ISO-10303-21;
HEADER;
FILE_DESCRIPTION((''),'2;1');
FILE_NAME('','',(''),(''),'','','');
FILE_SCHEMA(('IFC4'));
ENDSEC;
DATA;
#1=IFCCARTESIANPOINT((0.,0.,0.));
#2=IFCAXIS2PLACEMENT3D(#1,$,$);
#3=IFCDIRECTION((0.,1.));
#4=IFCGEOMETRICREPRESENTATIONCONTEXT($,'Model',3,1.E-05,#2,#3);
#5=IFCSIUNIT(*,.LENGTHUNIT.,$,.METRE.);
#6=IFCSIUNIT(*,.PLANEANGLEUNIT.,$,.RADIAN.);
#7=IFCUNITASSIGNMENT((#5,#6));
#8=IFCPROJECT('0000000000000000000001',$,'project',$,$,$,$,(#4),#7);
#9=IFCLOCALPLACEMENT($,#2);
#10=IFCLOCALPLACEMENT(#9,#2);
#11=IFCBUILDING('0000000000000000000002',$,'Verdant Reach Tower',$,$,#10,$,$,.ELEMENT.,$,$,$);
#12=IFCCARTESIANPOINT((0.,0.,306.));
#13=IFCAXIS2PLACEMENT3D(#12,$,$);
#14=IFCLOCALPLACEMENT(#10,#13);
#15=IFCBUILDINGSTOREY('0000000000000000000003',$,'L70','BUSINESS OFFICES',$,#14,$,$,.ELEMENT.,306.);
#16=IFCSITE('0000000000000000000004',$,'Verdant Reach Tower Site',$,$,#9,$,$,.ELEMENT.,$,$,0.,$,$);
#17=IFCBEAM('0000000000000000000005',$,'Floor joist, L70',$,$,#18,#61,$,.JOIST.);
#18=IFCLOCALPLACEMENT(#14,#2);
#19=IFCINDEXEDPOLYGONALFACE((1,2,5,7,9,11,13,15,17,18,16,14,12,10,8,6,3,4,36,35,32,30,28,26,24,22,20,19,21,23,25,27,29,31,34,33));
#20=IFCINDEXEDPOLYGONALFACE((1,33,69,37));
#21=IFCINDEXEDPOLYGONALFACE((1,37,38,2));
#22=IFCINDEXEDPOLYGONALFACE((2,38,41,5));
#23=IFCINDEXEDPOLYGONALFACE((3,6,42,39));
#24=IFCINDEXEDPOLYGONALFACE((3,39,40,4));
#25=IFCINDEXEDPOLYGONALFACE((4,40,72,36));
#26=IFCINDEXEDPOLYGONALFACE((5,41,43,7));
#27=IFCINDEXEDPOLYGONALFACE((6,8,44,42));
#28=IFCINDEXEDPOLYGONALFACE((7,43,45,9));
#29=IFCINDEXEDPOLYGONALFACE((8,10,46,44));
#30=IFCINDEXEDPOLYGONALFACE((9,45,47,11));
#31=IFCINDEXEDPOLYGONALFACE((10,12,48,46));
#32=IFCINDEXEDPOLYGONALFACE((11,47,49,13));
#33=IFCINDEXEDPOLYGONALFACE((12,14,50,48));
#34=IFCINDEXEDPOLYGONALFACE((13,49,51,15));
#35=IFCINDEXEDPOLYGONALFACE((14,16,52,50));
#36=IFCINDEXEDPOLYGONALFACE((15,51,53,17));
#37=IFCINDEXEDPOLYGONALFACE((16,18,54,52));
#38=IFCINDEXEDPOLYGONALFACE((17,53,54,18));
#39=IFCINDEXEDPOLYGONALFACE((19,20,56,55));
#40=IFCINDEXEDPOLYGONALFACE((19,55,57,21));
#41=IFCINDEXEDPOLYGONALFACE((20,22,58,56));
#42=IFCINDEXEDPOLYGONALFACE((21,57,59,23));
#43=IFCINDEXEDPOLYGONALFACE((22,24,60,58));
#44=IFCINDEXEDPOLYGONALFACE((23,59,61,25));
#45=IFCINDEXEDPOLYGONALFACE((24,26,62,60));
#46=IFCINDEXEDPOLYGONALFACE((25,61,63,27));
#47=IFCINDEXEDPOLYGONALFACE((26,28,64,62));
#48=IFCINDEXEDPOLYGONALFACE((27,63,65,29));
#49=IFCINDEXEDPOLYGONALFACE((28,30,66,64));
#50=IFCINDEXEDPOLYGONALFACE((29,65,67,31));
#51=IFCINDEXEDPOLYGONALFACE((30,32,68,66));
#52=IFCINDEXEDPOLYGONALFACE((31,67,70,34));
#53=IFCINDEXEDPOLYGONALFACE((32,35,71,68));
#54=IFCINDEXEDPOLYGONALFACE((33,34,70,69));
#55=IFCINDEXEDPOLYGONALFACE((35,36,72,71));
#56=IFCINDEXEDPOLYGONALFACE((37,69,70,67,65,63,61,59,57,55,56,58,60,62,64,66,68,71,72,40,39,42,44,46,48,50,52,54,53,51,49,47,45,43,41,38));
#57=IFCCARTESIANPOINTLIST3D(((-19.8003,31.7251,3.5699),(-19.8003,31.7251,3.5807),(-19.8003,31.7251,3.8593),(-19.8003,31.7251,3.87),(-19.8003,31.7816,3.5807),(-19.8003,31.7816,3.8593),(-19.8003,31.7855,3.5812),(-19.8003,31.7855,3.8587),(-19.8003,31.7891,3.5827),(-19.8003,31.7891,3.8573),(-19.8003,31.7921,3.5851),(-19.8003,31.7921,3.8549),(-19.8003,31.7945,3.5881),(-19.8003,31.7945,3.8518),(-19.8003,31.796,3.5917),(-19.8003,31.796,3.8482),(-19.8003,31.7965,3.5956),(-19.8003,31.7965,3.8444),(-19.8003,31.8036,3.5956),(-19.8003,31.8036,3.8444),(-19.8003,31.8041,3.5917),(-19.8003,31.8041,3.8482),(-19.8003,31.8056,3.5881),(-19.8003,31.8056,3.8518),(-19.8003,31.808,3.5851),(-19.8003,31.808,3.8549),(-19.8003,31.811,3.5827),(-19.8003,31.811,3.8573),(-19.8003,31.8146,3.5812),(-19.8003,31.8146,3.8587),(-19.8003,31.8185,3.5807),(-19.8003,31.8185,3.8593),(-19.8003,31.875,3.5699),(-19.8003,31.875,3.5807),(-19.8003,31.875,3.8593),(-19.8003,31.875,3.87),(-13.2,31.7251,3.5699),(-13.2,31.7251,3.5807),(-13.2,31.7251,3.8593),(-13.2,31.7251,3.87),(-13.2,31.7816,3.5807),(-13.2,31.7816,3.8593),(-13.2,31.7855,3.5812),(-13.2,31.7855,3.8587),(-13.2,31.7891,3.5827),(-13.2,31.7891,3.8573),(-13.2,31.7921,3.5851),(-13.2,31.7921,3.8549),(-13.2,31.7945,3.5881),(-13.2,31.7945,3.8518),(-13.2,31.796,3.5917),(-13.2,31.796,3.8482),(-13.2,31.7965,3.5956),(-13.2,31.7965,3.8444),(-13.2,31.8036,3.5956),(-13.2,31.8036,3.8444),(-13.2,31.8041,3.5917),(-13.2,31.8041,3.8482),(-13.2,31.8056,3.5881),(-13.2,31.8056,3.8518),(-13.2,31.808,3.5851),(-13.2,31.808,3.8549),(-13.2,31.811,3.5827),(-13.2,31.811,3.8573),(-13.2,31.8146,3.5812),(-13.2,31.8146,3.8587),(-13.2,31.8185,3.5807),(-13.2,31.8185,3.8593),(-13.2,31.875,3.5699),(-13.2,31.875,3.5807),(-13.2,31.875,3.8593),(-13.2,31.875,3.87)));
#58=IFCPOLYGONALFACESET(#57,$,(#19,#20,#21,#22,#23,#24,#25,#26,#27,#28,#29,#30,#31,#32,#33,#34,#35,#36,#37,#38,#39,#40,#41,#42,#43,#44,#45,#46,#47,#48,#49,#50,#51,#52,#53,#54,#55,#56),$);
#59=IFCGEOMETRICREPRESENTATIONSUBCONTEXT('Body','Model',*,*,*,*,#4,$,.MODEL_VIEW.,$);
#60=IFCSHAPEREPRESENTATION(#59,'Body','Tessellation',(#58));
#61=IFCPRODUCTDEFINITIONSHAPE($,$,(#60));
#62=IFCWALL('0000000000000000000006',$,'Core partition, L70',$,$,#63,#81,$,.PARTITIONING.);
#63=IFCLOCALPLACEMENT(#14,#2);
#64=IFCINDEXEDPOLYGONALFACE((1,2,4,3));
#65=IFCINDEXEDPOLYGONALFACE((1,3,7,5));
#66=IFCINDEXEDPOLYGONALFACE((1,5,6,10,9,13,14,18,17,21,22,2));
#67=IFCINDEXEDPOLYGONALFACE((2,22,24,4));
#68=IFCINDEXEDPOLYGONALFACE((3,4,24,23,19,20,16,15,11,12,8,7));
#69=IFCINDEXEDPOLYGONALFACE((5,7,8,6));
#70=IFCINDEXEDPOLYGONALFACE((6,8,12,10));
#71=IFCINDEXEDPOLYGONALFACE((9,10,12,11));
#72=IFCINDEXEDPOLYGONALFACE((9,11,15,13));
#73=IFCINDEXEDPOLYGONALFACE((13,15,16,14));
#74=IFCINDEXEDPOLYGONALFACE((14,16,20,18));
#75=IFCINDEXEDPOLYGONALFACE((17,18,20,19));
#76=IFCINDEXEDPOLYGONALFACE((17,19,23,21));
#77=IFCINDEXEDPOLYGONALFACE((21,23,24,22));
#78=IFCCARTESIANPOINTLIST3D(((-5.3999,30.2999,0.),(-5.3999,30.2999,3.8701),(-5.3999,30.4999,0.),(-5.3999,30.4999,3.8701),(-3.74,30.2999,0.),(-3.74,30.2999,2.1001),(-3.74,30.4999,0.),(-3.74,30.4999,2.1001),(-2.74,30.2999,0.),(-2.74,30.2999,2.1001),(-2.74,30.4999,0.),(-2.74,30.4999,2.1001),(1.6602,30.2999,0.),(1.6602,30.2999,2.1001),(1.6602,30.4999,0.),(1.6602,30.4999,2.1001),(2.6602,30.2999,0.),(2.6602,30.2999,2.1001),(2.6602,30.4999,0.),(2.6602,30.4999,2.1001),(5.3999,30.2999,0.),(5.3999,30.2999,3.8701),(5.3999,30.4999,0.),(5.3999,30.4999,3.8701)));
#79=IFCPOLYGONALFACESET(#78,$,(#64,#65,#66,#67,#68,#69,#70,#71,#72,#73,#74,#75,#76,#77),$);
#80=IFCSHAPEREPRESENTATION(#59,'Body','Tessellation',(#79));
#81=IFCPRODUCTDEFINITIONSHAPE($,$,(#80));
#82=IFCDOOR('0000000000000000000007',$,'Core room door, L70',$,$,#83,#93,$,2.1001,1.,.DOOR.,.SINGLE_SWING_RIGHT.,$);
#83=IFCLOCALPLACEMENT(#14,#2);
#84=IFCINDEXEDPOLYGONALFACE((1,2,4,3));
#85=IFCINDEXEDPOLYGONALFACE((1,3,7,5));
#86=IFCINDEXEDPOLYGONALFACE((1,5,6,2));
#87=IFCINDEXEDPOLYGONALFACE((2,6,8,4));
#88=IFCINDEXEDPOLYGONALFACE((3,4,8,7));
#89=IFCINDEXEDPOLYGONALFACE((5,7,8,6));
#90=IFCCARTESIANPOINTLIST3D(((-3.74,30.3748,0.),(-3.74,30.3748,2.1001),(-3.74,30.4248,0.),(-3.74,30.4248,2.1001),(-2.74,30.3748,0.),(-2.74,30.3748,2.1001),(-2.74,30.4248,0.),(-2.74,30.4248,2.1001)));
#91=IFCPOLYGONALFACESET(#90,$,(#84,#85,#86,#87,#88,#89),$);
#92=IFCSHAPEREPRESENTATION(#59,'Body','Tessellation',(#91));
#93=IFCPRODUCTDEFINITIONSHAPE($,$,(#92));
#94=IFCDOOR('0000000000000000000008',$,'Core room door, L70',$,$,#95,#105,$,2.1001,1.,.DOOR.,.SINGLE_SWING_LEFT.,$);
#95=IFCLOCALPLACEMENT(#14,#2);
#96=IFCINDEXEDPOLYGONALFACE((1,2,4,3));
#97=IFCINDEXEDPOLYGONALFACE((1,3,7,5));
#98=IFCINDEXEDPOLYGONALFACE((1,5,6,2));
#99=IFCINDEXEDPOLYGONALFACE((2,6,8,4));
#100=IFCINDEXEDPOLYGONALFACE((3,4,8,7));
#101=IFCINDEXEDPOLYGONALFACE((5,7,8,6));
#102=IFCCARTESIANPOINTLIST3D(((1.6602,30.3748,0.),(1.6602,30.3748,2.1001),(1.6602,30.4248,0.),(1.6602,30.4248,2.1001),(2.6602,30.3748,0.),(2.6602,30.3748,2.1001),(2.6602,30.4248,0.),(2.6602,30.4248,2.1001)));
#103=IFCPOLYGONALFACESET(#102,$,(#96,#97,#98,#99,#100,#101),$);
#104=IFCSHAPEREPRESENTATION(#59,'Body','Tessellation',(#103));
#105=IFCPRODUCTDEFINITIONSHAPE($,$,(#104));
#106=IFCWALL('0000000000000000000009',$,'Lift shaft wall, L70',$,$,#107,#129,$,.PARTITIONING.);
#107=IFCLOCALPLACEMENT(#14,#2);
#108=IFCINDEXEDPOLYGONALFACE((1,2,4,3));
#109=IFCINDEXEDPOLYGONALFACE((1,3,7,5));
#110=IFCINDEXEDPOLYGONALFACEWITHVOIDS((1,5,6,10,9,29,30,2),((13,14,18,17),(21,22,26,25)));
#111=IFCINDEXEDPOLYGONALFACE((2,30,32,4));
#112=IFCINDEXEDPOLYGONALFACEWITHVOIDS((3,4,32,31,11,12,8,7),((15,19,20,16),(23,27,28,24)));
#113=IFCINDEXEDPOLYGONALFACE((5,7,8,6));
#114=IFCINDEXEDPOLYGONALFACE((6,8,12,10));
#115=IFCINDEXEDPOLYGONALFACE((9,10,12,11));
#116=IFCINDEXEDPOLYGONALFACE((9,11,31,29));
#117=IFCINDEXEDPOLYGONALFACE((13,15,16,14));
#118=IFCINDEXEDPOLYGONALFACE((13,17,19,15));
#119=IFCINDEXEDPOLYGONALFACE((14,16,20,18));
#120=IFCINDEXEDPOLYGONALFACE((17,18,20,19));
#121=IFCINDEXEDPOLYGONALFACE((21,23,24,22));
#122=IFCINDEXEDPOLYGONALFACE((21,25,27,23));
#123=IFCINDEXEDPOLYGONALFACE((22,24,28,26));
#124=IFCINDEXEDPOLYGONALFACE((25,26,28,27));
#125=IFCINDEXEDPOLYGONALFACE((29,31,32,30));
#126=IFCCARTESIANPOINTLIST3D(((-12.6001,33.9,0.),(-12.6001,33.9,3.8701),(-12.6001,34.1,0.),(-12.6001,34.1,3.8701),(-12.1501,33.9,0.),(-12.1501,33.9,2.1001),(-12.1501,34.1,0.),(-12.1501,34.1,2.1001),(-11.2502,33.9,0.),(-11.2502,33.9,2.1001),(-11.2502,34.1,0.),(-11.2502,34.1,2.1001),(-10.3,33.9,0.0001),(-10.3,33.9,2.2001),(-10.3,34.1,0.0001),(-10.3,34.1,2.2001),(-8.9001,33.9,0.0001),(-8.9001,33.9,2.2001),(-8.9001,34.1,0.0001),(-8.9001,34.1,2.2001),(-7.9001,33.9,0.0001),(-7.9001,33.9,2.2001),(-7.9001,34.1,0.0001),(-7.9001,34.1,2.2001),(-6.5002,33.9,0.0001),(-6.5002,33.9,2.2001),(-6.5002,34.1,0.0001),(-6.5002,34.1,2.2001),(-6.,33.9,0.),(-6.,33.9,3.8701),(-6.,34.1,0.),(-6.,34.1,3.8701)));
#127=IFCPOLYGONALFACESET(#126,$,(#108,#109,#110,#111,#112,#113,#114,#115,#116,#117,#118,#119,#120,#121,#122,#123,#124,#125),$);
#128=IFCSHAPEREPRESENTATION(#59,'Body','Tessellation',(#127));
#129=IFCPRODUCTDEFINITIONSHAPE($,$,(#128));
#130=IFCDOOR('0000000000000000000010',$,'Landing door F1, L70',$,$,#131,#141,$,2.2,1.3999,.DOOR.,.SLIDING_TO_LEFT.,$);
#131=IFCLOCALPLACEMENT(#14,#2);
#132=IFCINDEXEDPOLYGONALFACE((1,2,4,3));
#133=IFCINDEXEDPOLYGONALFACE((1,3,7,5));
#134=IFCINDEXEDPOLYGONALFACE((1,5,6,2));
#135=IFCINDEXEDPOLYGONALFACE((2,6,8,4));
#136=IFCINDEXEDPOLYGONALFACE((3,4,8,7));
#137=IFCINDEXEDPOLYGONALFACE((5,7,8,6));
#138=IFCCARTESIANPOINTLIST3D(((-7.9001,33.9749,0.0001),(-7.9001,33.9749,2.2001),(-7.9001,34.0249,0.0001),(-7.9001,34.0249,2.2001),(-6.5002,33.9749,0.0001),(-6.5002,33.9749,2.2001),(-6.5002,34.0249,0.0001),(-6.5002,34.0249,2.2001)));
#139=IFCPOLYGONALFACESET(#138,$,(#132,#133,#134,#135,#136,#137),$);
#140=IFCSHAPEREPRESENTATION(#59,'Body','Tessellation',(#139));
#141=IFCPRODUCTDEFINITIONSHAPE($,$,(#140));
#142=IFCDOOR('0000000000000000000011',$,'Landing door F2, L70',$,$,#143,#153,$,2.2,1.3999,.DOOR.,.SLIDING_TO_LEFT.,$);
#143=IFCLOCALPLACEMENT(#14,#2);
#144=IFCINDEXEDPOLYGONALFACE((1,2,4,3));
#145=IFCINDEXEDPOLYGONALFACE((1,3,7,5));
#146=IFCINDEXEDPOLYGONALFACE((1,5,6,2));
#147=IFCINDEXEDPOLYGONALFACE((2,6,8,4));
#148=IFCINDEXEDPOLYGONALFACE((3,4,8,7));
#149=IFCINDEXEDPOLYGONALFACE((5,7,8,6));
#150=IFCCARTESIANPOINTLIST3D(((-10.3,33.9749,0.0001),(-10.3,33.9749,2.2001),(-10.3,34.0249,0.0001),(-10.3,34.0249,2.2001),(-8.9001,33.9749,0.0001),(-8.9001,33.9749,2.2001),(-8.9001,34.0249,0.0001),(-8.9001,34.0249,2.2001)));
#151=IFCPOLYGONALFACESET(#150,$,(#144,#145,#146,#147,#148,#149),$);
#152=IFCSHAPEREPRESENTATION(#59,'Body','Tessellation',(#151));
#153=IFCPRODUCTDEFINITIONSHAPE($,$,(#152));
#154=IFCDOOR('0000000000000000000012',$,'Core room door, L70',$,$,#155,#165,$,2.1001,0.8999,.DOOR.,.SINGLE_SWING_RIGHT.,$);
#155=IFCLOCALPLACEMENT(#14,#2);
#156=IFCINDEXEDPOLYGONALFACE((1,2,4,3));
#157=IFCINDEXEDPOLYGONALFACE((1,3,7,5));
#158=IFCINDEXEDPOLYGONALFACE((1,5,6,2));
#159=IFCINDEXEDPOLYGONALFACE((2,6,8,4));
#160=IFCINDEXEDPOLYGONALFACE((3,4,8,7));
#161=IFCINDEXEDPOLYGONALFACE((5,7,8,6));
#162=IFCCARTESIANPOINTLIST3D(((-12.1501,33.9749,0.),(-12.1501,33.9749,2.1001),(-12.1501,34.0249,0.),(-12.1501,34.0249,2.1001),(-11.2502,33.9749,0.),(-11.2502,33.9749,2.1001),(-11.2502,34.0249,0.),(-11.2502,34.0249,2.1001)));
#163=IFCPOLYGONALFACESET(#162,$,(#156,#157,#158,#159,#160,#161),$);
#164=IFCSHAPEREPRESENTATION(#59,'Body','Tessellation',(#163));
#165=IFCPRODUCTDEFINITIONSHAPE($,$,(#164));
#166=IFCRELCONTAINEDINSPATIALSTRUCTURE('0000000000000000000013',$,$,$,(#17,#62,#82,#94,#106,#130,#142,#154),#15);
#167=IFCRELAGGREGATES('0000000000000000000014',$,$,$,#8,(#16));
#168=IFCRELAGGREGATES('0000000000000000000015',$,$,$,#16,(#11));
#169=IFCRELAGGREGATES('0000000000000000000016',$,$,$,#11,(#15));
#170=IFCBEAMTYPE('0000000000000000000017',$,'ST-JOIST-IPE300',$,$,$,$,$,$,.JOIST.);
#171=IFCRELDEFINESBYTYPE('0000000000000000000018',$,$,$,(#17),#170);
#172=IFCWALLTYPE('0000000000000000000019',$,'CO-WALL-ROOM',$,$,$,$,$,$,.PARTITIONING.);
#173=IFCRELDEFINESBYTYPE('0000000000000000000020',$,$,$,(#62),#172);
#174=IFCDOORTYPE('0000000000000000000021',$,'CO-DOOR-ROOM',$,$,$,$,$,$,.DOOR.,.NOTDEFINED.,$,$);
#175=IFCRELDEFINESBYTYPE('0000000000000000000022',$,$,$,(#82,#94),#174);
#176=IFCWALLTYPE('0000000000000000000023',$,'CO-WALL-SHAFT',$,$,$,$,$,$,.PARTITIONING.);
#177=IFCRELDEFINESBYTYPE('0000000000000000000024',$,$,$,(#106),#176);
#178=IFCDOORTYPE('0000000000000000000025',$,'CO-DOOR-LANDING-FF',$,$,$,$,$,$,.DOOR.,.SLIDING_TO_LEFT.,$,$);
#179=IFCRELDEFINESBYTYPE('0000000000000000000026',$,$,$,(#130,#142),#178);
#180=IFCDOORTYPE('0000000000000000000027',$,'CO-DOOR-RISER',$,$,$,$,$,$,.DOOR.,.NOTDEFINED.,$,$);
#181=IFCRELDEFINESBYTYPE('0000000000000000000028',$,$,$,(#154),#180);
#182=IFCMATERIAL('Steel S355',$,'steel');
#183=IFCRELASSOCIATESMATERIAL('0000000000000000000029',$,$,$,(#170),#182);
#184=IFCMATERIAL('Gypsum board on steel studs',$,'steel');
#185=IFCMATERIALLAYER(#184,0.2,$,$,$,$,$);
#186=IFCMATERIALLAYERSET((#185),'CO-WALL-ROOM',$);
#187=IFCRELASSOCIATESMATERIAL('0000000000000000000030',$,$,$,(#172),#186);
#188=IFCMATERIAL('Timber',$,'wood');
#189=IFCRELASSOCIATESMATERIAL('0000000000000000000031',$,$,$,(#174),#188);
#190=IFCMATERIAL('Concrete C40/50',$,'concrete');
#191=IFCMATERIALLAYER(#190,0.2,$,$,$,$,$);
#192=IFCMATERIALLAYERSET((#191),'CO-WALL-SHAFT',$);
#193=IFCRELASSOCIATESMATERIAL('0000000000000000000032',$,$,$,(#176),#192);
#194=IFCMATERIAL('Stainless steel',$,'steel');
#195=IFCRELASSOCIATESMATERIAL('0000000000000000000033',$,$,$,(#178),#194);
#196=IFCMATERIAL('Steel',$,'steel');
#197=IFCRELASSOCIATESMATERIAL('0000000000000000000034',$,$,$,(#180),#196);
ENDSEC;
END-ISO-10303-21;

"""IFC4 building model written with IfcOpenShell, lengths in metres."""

from ifc_helpers import new_model, si_unit, direction, frame, frame_2d, origin, origin_2d, place, context, subcontext, project, spatial, rectangle, i_section, extrude, material, layer, layer_set, material_profile, profile_set, type_object, element, fill, save


model = new_model("IFC4")

# Units and contexts
model_context = context("Model", 3, precision=1e-05, world=origin(), true_north=direction((0.0, 1.0)))
body_context = subcontext(model_context, "Body", "Model", "MODEL_VIEW")
ifc_project = project(units=[si_unit("LENGTHUNIT", "METRE"), si_unit("PLANEANGLEUNIT", "RADIAN")], contexts=[model_context])

# Site, building, storey
site_placement = place(None, origin())
site = spatial("IfcSite", under=ifc_project, at=site_placement, Name="Verdant Reach Tower Site", CompositionType="ELEMENT", RefElevation=0.0)
building_placement = place(site_placement, origin())
building = spatial("IfcBuilding", under=site, at=building_placement, Name="Verdant Reach Tower", CompositionType="ELEMENT")
storey_placement = place(building_placement, frame((0.0, 0.0, 306.0)))
storey = spatial("IfcBuildingStorey", under=building, at=storey_placement, Name="L70", Description="BUSINESS OFFICES", CompositionType="ELEMENT", Elevation=306.0)

# Beam
ifc_material_1 = material(Name="Steel S355", Category="steel")
ifc_material_profile = material_profile(ifc_material_1, i_section(OverallWidth=0.1499, OverallDepth=0.3, WebThickness=0.0071, FlangeThickness=0.0107, FilletRadius=0.0149, at=origin_2d()), Name="IPE 300")
ifc_profile_set = profile_set([ifc_material_profile], Name="Steel S355")
beam_type = type_object("IfcBeamType", Name="ST-JOIST-IPE300", PredefinedType="JOIST", material=ifc_profile_set)
beam_placement = place(storey_placement, frame((-13.2, 31.8, 3.72), z_axis=(-1.0, 0.0, 0.0), x_axis=(0.0, -1.0, 0.0)))
element("IfcBeam", 1, at=beam_placement, inside=storey, type_object=beam_type, Name="Floor joist, L70", PredefinedType="JOIST", context=body_context, shape_type="SweptSolid", body=[
    extrude(i_section(OverallWidth=0.1499, OverallDepth=0.3, WebThickness=0.0071, FlangeThickness=0.0107, FilletRadius=0.0149, at=origin_2d()), origin(), (0.0, 0.0, 1.0), 6.6003),
])

# Walls, openings, doors
ifc_material_2 = material(Name="Gypsum board on steel studs", Category="steel")
ifc_layer_1 = layer(ifc_material_2, 0.2)
ifc_layer_set_1 = layer_set([ifc_layer_1], Name="CO-WALL-ROOM")
wall_type_1 = type_object("IfcWallType", Name="CO-WALL-ROOM", PredefinedType="PARTITIONING", material=ifc_layer_set_1)
wall_1_placement = place(storey_placement, frame((-5.3999, 30.3999, 0.0), z_axis=(0.0, 0.0, 1.0), x_axis=(1.0, 0.0, 0.0)))
wall_1 = element("IfcWall", 2, at=wall_1_placement, inside=storey, type_object=wall_type_1, Name="Core partition, L70", PredefinedType="PARTITIONING", context=body_context, shape_type="SweptSolid", body=[
    extrude(rectangle(XDim=10.7998, YDim=0.2, at=frame_2d((5.3999, 0.0))), origin(), (0.0, 0.0, 1.0), 3.8701),
])
opening_1_placement = place(wall_1_placement, frame((1.6599, 0.0, 0.0)))
opening_1 = element("IfcOpeningElement", 3, at=opening_1_placement, cuts=wall_1, PredefinedType="OPENING", context=body_context, shape_type="SweptSolid", body=[
    extrude(rectangle(XDim=1.0, YDim=2.1001, at=frame_2d((0.5, 1.05))), frame((0.0, 0.1099, 0.0), z_axis=(0.0, -1.0, 0.0), x_axis=(1.0, 0.0, 0.0)), (0.0, 0.0, 1.0), 0.22),
])
opening_2_placement = place(wall_1_placement, frame((7.0601, 0.0, 0.0)))
opening_2 = element("IfcOpeningElement", 4, at=opening_2_placement, cuts=wall_1, PredefinedType="OPENING", context=body_context, shape_type="SweptSolid", body=[
    extrude(rectangle(XDim=1.0, YDim=2.1001, at=frame_2d((0.5, 1.05))), frame((0.0, 0.1099, 0.0), z_axis=(0.0, -1.0, 0.0), x_axis=(1.0, 0.0, 0.0)), (0.0, 0.0, 1.0), 0.22),
])
ifc_material_3 = material(Name="Timber", Category="wood")
door_type_1 = type_object("IfcDoorType", Name="CO-DOOR-ROOM", OperationType="NOTDEFINED", PredefinedType="DOOR", material=ifc_material_3)
door_1_placement = place(opening_1_placement, origin())
door_1 = element("IfcDoor", 5, at=door_1_placement, inside=storey, type_object=door_type_1, Name="Core room door, L70", OperationType="SINGLE_SWING_RIGHT", OverallHeight=2.1001, OverallWidth=1.0, PredefinedType="DOOR", context=body_context, shape_type="SweptSolid", body=[
    extrude(rectangle(XDim=1.0, YDim=2.1001, at=frame_2d((0.5, 1.05))), frame((0.0, 0.0249, 0.0), z_axis=(0.0, -1.0, 0.0), x_axis=(1.0, 0.0, 0.0)), (0.0, 0.0, 1.0), 0.05),
])
fill(opening_1, door_1)
door_2_placement = place(opening_2_placement, origin())
door_2 = element("IfcDoor", 6, at=door_2_placement, inside=storey, type_object=door_type_1, Name="Core room door, L70", OperationType="SINGLE_SWING_LEFT", OverallHeight=2.1001, OverallWidth=1.0, PredefinedType="DOOR", context=body_context, shape_type="SweptSolid", body=[
    extrude(rectangle(XDim=1.0, YDim=2.1001, at=frame_2d((0.5, 1.05))), frame((0.0, 0.0249, 0.0), z_axis=(0.0, -1.0, 0.0), x_axis=(1.0, 0.0, 0.0)), (0.0, 0.0, 1.0), 0.05),
])
fill(opening_2, door_2)
ifc_material_4 = material(Name="Concrete C40/50", Category="concrete")
ifc_layer_2 = layer(ifc_material_4, 0.2)
ifc_layer_set_2 = layer_set([ifc_layer_2], Name="CO-WALL-SHAFT")
wall_type_2 = type_object("IfcWallType", Name="CO-WALL-SHAFT", PredefinedType="PARTITIONING", material=ifc_layer_set_2)
wall_2_placement = place(storey_placement, frame((-12.6001, 34.0, 0.0), z_axis=(0.0, 0.0, 1.0), x_axis=(1.0, 0.0, 0.0)))
wall_2 = element("IfcWall", 7, at=wall_2_placement, inside=storey, type_object=wall_type_2, Name="Lift shaft wall, L70", PredefinedType="PARTITIONING", context=body_context, shape_type="SweptSolid", body=[
    extrude(rectangle(XDim=6.6001, YDim=0.2, at=frame_2d((3.3, 0.0))), origin(), (0.0, 0.0, 1.0), 3.8701),
])
opening_3_placement = place(wall_2_placement, frame((4.7, 0.0, 0.0)))
opening_3 = element("IfcOpeningElement", 8, at=opening_3_placement, cuts=wall_2, PredefinedType="OPENING", context=body_context, shape_type="SweptSolid", body=[
    extrude(rectangle(XDim=1.3999, YDim=2.2, at=frame_2d((0.7, 1.1001))), frame((0.0, 0.1099, 0.0), z_axis=(0.0, -1.0, 0.0), x_axis=(1.0, 0.0, 0.0)), (0.0, 0.0, 1.0), 0.22),
])
opening_4_placement = place(wall_2_placement, frame((2.3, 0.0, 0.0)))
opening_4 = element("IfcOpeningElement", 9, at=opening_4_placement, cuts=wall_2, PredefinedType="OPENING", context=body_context, shape_type="SweptSolid", body=[
    extrude(rectangle(XDim=1.3999, YDim=2.2, at=frame_2d((0.7, 1.1001))), frame((0.0, 0.1099, 0.0), z_axis=(0.0, -1.0, 0.0), x_axis=(1.0, 0.0, 0.0)), (0.0, 0.0, 1.0), 0.22),
])
opening_5_placement = place(wall_2_placement, frame((0.45, 0.0, 0.0)))
opening_5 = element("IfcOpeningElement", 10, at=opening_5_placement, cuts=wall_2, PredefinedType="OPENING", context=body_context, shape_type="SweptSolid", body=[
    extrude(rectangle(XDim=0.8999, YDim=2.1001, at=frame_2d((0.45, 1.05))), frame((0.0, 0.1099, 0.0), z_axis=(0.0, -1.0, 0.0), x_axis=(1.0, 0.0, 0.0)), (0.0, 0.0, 1.0), 0.22),
])
ifc_material_5 = material(Name="Stainless steel", Category="steel")
door_type_2 = type_object("IfcDoorType", Name="CO-DOOR-LANDING-FF", OperationType="SLIDING_TO_LEFT", PredefinedType="DOOR", material=ifc_material_5)
door_3_placement = place(opening_3_placement, origin())
door_3 = element("IfcDoor", 11, at=door_3_placement, inside=storey, type_object=door_type_2, Name="Landing door F1, L70", OperationType="SLIDING_TO_LEFT", OverallHeight=2.2, OverallWidth=1.3999, PredefinedType="DOOR", context=body_context, shape_type="SweptSolid", body=[
    extrude(rectangle(XDim=1.3999, YDim=2.2, at=frame_2d((0.7, 1.1001))), frame((0.0, 0.0249, 0.0), z_axis=(0.0, -1.0, 0.0), x_axis=(1.0, 0.0, 0.0)), (0.0, 0.0, 1.0), 0.05),
])
fill(opening_3, door_3)
door_4_placement = place(opening_4_placement, origin())
door_4 = element("IfcDoor", 12, at=door_4_placement, inside=storey, type_object=door_type_2, Name="Landing door F2, L70", OperationType="SLIDING_TO_LEFT", OverallHeight=2.2, OverallWidth=1.3999, PredefinedType="DOOR", context=body_context, shape_type="SweptSolid", body=[
    extrude(rectangle(XDim=1.3999, YDim=2.2, at=frame_2d((0.7, 1.1001))), frame((0.0, 0.0249, 0.0), z_axis=(0.0, -1.0, 0.0), x_axis=(1.0, 0.0, 0.0)), (0.0, 0.0, 1.0), 0.05),
])
fill(opening_4, door_4)
ifc_material_6 = material(Name="Steel", Category="steel")
door_type_3 = type_object("IfcDoorType", Name="CO-DOOR-RISER", OperationType="NOTDEFINED", PredefinedType="DOOR", material=ifc_material_6)
door_5_placement = place(opening_5_placement, origin())
door_5 = element("IfcDoor", 13, at=door_5_placement, inside=storey, type_object=door_type_3, Name="Core room door, L70", OperationType="SINGLE_SWING_RIGHT", OverallHeight=2.1001, OverallWidth=0.8999, PredefinedType="DOOR", context=body_context, shape_type="SweptSolid", body=[
    extrude(rectangle(XDim=0.8999, YDim=2.1001, at=frame_2d((0.45, 1.05))), frame((0.0, 0.0249, 0.0), z_axis=(0.0, -1.0, 0.0), x_axis=(1.0, 0.0, 0.0)), (0.0, 0.0, 1.0), 0.05),
])
fill(opening_5, door_5)

save(model, "model.ifc")
